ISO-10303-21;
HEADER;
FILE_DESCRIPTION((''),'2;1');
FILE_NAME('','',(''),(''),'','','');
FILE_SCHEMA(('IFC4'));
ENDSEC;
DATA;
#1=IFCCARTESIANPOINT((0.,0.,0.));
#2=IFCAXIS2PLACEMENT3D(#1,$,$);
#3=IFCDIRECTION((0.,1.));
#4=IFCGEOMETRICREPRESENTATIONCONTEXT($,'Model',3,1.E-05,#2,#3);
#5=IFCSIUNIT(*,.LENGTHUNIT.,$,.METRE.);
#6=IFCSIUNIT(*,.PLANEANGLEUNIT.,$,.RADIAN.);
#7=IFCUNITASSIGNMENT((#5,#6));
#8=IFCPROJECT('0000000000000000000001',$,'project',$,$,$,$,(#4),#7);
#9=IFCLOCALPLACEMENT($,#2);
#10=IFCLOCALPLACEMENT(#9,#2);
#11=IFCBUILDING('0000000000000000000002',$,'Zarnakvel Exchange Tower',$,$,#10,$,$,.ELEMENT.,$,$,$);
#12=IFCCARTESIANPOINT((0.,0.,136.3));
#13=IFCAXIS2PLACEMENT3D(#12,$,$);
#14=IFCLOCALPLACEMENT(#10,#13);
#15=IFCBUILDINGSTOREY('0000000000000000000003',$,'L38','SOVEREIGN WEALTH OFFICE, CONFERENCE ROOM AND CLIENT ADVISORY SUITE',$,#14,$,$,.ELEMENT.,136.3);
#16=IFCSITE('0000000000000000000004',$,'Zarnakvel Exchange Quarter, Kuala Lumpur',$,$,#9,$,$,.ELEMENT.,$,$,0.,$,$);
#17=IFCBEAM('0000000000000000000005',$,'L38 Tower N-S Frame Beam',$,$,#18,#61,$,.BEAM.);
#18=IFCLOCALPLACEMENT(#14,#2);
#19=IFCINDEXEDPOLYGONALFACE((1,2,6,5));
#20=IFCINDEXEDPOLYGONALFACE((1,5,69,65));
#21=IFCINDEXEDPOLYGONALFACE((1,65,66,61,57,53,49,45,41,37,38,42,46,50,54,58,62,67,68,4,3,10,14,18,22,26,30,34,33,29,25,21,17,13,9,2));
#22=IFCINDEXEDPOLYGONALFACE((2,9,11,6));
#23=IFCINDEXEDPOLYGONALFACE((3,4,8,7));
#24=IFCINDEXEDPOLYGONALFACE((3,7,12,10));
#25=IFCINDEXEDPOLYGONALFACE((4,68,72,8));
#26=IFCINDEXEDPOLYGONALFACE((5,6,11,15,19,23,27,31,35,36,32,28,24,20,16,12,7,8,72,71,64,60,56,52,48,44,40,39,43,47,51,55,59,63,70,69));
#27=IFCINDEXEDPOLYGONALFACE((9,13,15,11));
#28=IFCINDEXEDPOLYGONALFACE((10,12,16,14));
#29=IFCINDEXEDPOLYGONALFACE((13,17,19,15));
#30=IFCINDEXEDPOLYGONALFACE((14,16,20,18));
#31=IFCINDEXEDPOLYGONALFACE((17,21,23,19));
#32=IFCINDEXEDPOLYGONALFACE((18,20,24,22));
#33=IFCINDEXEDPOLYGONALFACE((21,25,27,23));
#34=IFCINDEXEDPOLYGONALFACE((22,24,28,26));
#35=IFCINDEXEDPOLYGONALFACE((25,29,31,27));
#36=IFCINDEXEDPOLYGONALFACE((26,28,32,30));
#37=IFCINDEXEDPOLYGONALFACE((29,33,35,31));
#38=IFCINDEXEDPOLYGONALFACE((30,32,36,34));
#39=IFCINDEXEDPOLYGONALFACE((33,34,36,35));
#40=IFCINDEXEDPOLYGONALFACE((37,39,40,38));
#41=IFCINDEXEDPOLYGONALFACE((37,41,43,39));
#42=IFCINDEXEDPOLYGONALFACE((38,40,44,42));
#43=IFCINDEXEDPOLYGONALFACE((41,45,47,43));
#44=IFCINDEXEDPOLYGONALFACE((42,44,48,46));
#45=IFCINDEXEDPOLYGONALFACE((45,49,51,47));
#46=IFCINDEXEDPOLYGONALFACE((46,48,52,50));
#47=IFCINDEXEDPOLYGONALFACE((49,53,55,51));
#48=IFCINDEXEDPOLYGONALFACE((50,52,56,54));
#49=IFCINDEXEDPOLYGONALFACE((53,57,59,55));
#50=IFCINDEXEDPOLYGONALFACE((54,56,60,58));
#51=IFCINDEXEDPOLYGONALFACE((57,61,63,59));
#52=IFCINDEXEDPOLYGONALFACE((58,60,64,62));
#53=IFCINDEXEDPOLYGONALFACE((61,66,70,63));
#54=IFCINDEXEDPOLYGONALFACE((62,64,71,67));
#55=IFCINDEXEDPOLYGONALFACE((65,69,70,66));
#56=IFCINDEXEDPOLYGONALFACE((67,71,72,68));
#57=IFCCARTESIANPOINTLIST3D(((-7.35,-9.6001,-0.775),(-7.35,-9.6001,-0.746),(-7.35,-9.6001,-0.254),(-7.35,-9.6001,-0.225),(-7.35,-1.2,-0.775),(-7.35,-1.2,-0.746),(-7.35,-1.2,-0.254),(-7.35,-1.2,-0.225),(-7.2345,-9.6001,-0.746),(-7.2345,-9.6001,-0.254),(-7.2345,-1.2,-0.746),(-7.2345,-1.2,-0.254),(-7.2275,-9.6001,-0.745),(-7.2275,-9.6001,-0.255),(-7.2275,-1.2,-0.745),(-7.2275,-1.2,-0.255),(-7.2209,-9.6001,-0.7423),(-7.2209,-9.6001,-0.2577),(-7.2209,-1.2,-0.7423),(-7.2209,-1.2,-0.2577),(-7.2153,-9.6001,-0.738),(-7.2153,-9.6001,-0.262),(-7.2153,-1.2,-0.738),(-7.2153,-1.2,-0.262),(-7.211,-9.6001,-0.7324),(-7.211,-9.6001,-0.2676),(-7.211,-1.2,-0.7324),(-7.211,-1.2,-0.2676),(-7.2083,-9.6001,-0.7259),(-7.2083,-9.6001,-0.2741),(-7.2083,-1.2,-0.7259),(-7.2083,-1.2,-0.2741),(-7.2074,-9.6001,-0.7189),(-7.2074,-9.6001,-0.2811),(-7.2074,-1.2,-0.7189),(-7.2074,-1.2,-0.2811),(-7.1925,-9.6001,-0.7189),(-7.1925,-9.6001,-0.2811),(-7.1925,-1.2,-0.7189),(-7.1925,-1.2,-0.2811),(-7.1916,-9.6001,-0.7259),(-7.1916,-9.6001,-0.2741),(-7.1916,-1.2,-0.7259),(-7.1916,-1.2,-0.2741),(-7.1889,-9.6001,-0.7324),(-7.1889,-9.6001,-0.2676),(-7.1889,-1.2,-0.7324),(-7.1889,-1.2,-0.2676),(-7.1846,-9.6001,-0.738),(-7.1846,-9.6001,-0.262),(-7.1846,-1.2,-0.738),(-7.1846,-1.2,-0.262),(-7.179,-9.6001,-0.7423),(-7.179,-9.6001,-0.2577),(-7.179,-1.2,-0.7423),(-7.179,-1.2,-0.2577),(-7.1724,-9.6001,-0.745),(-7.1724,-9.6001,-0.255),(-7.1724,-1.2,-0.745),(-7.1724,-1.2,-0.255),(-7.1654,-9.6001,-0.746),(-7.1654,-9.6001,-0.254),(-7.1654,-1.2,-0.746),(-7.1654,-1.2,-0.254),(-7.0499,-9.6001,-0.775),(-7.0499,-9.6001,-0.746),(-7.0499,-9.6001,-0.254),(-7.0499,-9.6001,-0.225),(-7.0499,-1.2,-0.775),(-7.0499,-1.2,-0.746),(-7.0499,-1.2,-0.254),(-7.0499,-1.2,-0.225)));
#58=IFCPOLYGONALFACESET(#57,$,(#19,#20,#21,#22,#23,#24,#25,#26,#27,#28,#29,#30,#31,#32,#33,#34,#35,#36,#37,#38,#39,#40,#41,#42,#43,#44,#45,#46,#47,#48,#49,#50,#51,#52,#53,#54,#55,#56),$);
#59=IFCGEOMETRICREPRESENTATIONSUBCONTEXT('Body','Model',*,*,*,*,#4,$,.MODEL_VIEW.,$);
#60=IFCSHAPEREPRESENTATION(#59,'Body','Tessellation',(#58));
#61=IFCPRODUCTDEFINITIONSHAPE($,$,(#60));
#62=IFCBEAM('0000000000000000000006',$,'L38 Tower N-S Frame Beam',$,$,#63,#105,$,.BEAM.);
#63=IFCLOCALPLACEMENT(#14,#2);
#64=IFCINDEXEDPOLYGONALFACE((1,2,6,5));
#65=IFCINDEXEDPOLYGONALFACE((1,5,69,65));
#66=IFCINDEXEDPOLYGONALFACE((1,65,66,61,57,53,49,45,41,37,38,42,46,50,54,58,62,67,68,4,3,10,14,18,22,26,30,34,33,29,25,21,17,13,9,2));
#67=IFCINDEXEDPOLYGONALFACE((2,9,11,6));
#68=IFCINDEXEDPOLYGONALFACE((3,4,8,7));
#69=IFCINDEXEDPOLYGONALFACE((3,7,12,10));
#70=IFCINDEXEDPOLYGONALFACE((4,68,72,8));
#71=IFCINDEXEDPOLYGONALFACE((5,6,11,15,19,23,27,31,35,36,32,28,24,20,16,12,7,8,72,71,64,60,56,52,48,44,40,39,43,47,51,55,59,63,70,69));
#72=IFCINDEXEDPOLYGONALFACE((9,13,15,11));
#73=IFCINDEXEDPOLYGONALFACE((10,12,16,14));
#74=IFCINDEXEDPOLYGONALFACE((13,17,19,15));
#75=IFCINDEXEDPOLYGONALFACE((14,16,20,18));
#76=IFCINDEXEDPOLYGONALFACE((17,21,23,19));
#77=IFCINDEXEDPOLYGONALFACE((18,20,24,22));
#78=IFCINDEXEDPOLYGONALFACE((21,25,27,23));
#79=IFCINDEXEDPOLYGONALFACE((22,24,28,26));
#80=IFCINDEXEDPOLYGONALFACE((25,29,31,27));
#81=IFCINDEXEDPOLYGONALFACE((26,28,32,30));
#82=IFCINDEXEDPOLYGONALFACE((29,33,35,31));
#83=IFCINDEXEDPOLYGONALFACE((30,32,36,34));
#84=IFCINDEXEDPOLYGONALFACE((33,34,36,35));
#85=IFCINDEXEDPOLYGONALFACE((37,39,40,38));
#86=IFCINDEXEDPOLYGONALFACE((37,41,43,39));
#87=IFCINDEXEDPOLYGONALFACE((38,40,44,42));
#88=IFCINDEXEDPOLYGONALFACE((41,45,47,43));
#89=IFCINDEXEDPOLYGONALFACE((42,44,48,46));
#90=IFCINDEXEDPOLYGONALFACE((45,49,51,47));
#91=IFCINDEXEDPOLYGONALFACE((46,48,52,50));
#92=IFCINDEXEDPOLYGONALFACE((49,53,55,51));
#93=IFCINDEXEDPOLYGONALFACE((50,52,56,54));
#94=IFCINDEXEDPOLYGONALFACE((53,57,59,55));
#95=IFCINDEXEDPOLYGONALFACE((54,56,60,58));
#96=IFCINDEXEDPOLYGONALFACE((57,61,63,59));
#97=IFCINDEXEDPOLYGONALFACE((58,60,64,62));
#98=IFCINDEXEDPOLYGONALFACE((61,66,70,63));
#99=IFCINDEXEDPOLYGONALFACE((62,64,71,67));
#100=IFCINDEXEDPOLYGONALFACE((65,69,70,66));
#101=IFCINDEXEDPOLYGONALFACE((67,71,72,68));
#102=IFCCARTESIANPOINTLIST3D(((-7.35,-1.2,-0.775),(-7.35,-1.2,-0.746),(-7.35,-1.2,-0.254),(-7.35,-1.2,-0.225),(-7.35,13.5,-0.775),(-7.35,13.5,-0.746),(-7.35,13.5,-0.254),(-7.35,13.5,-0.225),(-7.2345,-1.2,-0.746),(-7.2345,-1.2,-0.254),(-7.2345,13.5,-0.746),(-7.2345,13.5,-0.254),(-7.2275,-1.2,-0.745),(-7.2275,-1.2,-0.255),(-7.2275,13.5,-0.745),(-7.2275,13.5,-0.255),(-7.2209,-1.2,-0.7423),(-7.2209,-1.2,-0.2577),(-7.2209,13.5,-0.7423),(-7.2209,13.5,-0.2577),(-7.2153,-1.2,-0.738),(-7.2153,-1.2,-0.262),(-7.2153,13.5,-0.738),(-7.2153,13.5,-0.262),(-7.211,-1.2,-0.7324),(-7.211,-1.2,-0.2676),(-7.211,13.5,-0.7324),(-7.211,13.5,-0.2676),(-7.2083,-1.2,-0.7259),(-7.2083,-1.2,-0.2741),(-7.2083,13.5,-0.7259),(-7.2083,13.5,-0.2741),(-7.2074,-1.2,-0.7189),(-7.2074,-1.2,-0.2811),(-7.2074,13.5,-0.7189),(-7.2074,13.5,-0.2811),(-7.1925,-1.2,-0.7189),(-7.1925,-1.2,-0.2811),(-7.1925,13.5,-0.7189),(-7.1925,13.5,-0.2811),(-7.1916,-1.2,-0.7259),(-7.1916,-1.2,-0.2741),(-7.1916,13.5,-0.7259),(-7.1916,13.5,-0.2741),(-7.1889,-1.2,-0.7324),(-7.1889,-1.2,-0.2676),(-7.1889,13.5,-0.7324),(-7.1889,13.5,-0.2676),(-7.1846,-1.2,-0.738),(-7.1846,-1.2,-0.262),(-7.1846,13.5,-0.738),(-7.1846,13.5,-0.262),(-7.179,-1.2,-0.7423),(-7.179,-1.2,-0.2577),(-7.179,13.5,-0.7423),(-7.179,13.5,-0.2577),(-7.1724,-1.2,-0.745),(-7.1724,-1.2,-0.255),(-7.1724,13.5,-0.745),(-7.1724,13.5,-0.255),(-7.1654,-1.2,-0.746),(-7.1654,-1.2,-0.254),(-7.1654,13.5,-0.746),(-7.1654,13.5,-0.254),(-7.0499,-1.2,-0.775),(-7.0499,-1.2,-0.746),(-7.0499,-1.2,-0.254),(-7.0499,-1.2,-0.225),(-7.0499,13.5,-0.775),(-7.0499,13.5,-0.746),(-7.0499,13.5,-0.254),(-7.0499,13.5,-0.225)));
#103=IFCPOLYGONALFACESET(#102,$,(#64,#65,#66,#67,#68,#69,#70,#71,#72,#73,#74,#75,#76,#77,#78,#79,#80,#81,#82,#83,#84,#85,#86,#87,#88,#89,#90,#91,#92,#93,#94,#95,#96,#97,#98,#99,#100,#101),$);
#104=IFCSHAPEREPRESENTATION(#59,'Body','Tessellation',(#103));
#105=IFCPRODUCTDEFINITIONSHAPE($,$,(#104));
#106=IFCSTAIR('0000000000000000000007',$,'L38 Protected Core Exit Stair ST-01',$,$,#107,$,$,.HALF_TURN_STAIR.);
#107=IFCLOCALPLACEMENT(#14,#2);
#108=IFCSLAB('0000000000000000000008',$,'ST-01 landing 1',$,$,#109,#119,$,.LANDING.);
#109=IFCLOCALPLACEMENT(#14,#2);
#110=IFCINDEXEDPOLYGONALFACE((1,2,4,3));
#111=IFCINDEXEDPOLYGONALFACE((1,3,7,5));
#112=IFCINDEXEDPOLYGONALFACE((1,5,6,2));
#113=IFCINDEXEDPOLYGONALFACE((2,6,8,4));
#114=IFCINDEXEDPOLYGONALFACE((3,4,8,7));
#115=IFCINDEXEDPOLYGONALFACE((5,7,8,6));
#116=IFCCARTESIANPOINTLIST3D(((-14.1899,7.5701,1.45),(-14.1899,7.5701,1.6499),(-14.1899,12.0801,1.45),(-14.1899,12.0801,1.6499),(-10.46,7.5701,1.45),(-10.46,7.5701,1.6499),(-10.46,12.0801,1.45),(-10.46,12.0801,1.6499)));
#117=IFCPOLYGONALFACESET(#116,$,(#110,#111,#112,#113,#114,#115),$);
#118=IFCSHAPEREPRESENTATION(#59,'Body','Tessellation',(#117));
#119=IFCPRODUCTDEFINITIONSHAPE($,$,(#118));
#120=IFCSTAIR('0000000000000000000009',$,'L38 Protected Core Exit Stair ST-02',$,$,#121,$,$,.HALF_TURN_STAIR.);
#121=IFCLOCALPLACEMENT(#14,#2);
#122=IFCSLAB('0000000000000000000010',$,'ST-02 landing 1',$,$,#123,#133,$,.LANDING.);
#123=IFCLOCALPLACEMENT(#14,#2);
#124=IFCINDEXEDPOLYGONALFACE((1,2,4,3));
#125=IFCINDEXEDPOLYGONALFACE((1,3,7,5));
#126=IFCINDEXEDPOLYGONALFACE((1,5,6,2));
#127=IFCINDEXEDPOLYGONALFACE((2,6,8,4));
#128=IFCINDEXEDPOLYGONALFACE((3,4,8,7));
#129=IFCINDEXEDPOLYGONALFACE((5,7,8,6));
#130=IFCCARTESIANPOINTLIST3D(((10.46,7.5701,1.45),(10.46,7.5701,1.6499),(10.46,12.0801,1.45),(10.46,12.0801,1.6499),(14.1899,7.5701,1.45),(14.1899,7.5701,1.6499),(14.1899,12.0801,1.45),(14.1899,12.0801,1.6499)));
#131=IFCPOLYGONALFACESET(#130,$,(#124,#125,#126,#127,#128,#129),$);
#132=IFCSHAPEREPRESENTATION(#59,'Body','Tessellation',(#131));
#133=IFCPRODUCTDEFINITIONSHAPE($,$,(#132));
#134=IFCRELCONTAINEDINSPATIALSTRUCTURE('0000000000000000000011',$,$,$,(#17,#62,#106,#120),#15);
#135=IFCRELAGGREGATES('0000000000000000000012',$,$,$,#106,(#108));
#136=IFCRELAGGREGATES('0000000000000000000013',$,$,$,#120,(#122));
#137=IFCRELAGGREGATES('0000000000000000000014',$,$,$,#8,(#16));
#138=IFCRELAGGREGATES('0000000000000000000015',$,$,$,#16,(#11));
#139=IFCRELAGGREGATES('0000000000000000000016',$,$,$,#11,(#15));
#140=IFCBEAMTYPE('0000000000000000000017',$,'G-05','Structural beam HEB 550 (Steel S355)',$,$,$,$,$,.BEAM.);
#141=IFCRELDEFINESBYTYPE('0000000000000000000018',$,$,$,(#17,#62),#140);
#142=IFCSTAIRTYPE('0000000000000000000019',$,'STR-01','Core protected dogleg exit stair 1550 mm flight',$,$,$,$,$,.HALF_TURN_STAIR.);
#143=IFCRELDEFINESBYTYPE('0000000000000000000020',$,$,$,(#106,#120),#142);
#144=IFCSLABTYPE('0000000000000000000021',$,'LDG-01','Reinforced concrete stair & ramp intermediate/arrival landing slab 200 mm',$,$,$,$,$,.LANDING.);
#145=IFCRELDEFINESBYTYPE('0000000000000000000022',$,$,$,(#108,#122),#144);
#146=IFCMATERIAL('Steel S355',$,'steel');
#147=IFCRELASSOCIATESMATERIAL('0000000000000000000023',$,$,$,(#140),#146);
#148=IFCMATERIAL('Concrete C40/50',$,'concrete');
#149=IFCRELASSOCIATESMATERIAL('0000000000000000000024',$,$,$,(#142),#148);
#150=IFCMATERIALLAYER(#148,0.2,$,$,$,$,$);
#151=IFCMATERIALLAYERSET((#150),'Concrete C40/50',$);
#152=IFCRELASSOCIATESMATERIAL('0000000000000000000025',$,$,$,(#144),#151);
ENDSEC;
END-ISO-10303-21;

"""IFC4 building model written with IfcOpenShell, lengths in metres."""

from ifc_helpers import new_model, si_unit, direction, frame, origin, origin_2d, place, context, subcontext, project, spatial, polyline, i_section, outline, extrude, material, layer, layer_set, material_profile, profile_set, type_object, element, aggregate, save


model = new_model("IFC4")

# Units and contexts
model_context = context("Model", 3, precision=1e-05, world=origin(), true_north=direction((0.0, 1.0)))
body_context = subcontext(model_context, "Body", "Model", "MODEL_VIEW")
ifc_project = project(units=[si_unit("LENGTHUNIT", "METRE"), si_unit("PLANEANGLEUNIT", "RADIAN")], contexts=[model_context])

# Site, building, storey
site_placement = place(None, origin())
site = spatial("IfcSite", under=ifc_project, at=site_placement, Name="Zarnakvel Exchange Quarter, Kuala Lumpur", CompositionType="ELEMENT", RefElevation=0.0)
building_placement = place(site_placement, origin())
building = spatial("IfcBuilding", under=site, at=building_placement, Name="Zarnakvel Exchange Tower", CompositionType="ELEMENT")
storey_placement = place(building_placement, frame((0.0, 0.0, 136.3)))
storey = spatial("IfcBuildingStorey", under=building, at=storey_placement, Name="L38", Description="SOVEREIGN WEALTH OFFICE, CONFERENCE ROOM AND CLIENT ADVISORY SUITE", CompositionType="ELEMENT", Elevation=136.3)

# Beams
ifc_material_1 = material(Name="Steel S355", Category="steel")
ifc_material_profile_1 = material_profile(ifc_material_1, i_section(OverallWidth=0.3, OverallDepth=0.55, WebThickness=0.0149, FlangeThickness=0.0291, FilletRadius=0.0271, at=origin_2d()))
ifc_profile_set_1 = profile_set([ifc_material_profile_1], Name="Steel S355")
beam_type_1 = type_object("IfcBeamType", Name="G-05", Description="Structural beam HEB 550 (Steel S355)", PredefinedType="BEAM", material=ifc_profile_set_1)
for number, where, z_axis, x_axis, name in (
    (1, (-7.2, -9.6001, -0.5), (0.0, 1.0, 0.0), (-1.0, 0.0, 0.0), "L38 Tower N-S Frame Beam"),
):
    element("IfcBeam", number, at=place(storey_placement, frame(where, z_axis=z_axis, x_axis=x_axis)), inside=storey, type_object=beam_type_1, Name=name, PredefinedType="BEAM", context=body_context, shape_type="SweptSolid", body=[
        extrude(i_section(OverallWidth=0.3, OverallDepth=0.55, WebThickness=0.0149, FlangeThickness=0.0291, FilletRadius=0.0271, at=origin_2d()), origin(), (0.0, 0.0, 1.0), 8.4001),
    ])
beam_1_placement = place(storey_placement, frame((-7.2, -1.2, -0.5), z_axis=(0.0, 1.0, 0.0), x_axis=(-1.0, 0.0, 0.0)))
element("IfcBeam", 2, at=beam_1_placement, inside=storey, type_object=beam_type_1, Name="L38 Tower N-S Frame Beam", PredefinedType="BEAM", context=body_context, shape_type="SweptSolid", body=[
    extrude(i_section(OverallWidth=0.3, OverallDepth=0.55, WebThickness=0.0149, FlangeThickness=0.0291, FilletRadius=0.0271, at=origin_2d()), origin(), (0.0, 0.0, 1.0), 14.7),
])

# Stairs, slabs
ifc_material_2 = material(Name="Concrete C40/50", Category="concrete")
stair_type = type_object("IfcStairType", Name="STR-01", Description="Core protected dogleg exit stair 1550 mm flight", PredefinedType="HALF_TURN_STAIR", material=ifc_material_2)
stair_1_placement = place(storey_placement, origin())
stair_1 = element("IfcStair", 3, at=stair_1_placement, inside=storey, type_object=stair_type, Name="L38 Protected Core Exit Stair ST-01", PredefinedType="HALF_TURN_STAIR")
ifc_layer_1 = layer(ifc_material_2, 0.2)
ifc_layer_set_1 = layer_set([ifc_layer_1], Name="Concrete C40/50")
slab_type_1 = type_object("IfcSlabType", Name="LDG-01", Description="Reinforced concrete stair & ramp intermediate/arrival landing slab 200 mm", PredefinedType="LANDING", material=ifc_layer_set_1)
slab_1_placement = place(storey_placement, frame((0.0, 0.0, 1.45)))
slab_1 = element("IfcSlab", 4, at=slab_1_placement, type_object=slab_type_1, Name="ST-01 landing 1", PredefinedType="LANDING", context=body_context, shape_type="SweptSolid", body=[
    extrude(outline(polyline([(-14.1899, 7.5701), (-10.46, 7.5701), (-10.46, 12.0801), (-14.1899, 12.0801), (-14.1899, 7.5701)])), origin(), (0.0, 0.0, 1.0), 0.2),
])
aggregate(stair_1, [slab_1])
stair_2_placement = place(storey_placement, origin())
stair_2 = element("IfcStair", 5, at=stair_2_placement, inside=storey, type_object=stair_type, Name="L38 Protected Core Exit Stair ST-02", PredefinedType="HALF_TURN_STAIR")
slab_2_placement = place(storey_placement, frame((0.0, 0.0, 1.45)))
slab_2 = element("IfcSlab", 6, at=slab_2_placement, type_object=slab_type_1, Name="ST-02 landing 1", PredefinedType="LANDING", context=body_context, shape_type="SweptSolid", body=[
    extrude(outline(polyline([(10.46, 7.5701), (14.1899, 7.5701), (14.1899, 12.0801), (10.46, 12.0801), (10.46, 7.5701)])), origin(), (0.0, 0.0, 1.0), 0.2),
])
aggregate(stair_2, [slab_2])

save(model, "model.ifc")
